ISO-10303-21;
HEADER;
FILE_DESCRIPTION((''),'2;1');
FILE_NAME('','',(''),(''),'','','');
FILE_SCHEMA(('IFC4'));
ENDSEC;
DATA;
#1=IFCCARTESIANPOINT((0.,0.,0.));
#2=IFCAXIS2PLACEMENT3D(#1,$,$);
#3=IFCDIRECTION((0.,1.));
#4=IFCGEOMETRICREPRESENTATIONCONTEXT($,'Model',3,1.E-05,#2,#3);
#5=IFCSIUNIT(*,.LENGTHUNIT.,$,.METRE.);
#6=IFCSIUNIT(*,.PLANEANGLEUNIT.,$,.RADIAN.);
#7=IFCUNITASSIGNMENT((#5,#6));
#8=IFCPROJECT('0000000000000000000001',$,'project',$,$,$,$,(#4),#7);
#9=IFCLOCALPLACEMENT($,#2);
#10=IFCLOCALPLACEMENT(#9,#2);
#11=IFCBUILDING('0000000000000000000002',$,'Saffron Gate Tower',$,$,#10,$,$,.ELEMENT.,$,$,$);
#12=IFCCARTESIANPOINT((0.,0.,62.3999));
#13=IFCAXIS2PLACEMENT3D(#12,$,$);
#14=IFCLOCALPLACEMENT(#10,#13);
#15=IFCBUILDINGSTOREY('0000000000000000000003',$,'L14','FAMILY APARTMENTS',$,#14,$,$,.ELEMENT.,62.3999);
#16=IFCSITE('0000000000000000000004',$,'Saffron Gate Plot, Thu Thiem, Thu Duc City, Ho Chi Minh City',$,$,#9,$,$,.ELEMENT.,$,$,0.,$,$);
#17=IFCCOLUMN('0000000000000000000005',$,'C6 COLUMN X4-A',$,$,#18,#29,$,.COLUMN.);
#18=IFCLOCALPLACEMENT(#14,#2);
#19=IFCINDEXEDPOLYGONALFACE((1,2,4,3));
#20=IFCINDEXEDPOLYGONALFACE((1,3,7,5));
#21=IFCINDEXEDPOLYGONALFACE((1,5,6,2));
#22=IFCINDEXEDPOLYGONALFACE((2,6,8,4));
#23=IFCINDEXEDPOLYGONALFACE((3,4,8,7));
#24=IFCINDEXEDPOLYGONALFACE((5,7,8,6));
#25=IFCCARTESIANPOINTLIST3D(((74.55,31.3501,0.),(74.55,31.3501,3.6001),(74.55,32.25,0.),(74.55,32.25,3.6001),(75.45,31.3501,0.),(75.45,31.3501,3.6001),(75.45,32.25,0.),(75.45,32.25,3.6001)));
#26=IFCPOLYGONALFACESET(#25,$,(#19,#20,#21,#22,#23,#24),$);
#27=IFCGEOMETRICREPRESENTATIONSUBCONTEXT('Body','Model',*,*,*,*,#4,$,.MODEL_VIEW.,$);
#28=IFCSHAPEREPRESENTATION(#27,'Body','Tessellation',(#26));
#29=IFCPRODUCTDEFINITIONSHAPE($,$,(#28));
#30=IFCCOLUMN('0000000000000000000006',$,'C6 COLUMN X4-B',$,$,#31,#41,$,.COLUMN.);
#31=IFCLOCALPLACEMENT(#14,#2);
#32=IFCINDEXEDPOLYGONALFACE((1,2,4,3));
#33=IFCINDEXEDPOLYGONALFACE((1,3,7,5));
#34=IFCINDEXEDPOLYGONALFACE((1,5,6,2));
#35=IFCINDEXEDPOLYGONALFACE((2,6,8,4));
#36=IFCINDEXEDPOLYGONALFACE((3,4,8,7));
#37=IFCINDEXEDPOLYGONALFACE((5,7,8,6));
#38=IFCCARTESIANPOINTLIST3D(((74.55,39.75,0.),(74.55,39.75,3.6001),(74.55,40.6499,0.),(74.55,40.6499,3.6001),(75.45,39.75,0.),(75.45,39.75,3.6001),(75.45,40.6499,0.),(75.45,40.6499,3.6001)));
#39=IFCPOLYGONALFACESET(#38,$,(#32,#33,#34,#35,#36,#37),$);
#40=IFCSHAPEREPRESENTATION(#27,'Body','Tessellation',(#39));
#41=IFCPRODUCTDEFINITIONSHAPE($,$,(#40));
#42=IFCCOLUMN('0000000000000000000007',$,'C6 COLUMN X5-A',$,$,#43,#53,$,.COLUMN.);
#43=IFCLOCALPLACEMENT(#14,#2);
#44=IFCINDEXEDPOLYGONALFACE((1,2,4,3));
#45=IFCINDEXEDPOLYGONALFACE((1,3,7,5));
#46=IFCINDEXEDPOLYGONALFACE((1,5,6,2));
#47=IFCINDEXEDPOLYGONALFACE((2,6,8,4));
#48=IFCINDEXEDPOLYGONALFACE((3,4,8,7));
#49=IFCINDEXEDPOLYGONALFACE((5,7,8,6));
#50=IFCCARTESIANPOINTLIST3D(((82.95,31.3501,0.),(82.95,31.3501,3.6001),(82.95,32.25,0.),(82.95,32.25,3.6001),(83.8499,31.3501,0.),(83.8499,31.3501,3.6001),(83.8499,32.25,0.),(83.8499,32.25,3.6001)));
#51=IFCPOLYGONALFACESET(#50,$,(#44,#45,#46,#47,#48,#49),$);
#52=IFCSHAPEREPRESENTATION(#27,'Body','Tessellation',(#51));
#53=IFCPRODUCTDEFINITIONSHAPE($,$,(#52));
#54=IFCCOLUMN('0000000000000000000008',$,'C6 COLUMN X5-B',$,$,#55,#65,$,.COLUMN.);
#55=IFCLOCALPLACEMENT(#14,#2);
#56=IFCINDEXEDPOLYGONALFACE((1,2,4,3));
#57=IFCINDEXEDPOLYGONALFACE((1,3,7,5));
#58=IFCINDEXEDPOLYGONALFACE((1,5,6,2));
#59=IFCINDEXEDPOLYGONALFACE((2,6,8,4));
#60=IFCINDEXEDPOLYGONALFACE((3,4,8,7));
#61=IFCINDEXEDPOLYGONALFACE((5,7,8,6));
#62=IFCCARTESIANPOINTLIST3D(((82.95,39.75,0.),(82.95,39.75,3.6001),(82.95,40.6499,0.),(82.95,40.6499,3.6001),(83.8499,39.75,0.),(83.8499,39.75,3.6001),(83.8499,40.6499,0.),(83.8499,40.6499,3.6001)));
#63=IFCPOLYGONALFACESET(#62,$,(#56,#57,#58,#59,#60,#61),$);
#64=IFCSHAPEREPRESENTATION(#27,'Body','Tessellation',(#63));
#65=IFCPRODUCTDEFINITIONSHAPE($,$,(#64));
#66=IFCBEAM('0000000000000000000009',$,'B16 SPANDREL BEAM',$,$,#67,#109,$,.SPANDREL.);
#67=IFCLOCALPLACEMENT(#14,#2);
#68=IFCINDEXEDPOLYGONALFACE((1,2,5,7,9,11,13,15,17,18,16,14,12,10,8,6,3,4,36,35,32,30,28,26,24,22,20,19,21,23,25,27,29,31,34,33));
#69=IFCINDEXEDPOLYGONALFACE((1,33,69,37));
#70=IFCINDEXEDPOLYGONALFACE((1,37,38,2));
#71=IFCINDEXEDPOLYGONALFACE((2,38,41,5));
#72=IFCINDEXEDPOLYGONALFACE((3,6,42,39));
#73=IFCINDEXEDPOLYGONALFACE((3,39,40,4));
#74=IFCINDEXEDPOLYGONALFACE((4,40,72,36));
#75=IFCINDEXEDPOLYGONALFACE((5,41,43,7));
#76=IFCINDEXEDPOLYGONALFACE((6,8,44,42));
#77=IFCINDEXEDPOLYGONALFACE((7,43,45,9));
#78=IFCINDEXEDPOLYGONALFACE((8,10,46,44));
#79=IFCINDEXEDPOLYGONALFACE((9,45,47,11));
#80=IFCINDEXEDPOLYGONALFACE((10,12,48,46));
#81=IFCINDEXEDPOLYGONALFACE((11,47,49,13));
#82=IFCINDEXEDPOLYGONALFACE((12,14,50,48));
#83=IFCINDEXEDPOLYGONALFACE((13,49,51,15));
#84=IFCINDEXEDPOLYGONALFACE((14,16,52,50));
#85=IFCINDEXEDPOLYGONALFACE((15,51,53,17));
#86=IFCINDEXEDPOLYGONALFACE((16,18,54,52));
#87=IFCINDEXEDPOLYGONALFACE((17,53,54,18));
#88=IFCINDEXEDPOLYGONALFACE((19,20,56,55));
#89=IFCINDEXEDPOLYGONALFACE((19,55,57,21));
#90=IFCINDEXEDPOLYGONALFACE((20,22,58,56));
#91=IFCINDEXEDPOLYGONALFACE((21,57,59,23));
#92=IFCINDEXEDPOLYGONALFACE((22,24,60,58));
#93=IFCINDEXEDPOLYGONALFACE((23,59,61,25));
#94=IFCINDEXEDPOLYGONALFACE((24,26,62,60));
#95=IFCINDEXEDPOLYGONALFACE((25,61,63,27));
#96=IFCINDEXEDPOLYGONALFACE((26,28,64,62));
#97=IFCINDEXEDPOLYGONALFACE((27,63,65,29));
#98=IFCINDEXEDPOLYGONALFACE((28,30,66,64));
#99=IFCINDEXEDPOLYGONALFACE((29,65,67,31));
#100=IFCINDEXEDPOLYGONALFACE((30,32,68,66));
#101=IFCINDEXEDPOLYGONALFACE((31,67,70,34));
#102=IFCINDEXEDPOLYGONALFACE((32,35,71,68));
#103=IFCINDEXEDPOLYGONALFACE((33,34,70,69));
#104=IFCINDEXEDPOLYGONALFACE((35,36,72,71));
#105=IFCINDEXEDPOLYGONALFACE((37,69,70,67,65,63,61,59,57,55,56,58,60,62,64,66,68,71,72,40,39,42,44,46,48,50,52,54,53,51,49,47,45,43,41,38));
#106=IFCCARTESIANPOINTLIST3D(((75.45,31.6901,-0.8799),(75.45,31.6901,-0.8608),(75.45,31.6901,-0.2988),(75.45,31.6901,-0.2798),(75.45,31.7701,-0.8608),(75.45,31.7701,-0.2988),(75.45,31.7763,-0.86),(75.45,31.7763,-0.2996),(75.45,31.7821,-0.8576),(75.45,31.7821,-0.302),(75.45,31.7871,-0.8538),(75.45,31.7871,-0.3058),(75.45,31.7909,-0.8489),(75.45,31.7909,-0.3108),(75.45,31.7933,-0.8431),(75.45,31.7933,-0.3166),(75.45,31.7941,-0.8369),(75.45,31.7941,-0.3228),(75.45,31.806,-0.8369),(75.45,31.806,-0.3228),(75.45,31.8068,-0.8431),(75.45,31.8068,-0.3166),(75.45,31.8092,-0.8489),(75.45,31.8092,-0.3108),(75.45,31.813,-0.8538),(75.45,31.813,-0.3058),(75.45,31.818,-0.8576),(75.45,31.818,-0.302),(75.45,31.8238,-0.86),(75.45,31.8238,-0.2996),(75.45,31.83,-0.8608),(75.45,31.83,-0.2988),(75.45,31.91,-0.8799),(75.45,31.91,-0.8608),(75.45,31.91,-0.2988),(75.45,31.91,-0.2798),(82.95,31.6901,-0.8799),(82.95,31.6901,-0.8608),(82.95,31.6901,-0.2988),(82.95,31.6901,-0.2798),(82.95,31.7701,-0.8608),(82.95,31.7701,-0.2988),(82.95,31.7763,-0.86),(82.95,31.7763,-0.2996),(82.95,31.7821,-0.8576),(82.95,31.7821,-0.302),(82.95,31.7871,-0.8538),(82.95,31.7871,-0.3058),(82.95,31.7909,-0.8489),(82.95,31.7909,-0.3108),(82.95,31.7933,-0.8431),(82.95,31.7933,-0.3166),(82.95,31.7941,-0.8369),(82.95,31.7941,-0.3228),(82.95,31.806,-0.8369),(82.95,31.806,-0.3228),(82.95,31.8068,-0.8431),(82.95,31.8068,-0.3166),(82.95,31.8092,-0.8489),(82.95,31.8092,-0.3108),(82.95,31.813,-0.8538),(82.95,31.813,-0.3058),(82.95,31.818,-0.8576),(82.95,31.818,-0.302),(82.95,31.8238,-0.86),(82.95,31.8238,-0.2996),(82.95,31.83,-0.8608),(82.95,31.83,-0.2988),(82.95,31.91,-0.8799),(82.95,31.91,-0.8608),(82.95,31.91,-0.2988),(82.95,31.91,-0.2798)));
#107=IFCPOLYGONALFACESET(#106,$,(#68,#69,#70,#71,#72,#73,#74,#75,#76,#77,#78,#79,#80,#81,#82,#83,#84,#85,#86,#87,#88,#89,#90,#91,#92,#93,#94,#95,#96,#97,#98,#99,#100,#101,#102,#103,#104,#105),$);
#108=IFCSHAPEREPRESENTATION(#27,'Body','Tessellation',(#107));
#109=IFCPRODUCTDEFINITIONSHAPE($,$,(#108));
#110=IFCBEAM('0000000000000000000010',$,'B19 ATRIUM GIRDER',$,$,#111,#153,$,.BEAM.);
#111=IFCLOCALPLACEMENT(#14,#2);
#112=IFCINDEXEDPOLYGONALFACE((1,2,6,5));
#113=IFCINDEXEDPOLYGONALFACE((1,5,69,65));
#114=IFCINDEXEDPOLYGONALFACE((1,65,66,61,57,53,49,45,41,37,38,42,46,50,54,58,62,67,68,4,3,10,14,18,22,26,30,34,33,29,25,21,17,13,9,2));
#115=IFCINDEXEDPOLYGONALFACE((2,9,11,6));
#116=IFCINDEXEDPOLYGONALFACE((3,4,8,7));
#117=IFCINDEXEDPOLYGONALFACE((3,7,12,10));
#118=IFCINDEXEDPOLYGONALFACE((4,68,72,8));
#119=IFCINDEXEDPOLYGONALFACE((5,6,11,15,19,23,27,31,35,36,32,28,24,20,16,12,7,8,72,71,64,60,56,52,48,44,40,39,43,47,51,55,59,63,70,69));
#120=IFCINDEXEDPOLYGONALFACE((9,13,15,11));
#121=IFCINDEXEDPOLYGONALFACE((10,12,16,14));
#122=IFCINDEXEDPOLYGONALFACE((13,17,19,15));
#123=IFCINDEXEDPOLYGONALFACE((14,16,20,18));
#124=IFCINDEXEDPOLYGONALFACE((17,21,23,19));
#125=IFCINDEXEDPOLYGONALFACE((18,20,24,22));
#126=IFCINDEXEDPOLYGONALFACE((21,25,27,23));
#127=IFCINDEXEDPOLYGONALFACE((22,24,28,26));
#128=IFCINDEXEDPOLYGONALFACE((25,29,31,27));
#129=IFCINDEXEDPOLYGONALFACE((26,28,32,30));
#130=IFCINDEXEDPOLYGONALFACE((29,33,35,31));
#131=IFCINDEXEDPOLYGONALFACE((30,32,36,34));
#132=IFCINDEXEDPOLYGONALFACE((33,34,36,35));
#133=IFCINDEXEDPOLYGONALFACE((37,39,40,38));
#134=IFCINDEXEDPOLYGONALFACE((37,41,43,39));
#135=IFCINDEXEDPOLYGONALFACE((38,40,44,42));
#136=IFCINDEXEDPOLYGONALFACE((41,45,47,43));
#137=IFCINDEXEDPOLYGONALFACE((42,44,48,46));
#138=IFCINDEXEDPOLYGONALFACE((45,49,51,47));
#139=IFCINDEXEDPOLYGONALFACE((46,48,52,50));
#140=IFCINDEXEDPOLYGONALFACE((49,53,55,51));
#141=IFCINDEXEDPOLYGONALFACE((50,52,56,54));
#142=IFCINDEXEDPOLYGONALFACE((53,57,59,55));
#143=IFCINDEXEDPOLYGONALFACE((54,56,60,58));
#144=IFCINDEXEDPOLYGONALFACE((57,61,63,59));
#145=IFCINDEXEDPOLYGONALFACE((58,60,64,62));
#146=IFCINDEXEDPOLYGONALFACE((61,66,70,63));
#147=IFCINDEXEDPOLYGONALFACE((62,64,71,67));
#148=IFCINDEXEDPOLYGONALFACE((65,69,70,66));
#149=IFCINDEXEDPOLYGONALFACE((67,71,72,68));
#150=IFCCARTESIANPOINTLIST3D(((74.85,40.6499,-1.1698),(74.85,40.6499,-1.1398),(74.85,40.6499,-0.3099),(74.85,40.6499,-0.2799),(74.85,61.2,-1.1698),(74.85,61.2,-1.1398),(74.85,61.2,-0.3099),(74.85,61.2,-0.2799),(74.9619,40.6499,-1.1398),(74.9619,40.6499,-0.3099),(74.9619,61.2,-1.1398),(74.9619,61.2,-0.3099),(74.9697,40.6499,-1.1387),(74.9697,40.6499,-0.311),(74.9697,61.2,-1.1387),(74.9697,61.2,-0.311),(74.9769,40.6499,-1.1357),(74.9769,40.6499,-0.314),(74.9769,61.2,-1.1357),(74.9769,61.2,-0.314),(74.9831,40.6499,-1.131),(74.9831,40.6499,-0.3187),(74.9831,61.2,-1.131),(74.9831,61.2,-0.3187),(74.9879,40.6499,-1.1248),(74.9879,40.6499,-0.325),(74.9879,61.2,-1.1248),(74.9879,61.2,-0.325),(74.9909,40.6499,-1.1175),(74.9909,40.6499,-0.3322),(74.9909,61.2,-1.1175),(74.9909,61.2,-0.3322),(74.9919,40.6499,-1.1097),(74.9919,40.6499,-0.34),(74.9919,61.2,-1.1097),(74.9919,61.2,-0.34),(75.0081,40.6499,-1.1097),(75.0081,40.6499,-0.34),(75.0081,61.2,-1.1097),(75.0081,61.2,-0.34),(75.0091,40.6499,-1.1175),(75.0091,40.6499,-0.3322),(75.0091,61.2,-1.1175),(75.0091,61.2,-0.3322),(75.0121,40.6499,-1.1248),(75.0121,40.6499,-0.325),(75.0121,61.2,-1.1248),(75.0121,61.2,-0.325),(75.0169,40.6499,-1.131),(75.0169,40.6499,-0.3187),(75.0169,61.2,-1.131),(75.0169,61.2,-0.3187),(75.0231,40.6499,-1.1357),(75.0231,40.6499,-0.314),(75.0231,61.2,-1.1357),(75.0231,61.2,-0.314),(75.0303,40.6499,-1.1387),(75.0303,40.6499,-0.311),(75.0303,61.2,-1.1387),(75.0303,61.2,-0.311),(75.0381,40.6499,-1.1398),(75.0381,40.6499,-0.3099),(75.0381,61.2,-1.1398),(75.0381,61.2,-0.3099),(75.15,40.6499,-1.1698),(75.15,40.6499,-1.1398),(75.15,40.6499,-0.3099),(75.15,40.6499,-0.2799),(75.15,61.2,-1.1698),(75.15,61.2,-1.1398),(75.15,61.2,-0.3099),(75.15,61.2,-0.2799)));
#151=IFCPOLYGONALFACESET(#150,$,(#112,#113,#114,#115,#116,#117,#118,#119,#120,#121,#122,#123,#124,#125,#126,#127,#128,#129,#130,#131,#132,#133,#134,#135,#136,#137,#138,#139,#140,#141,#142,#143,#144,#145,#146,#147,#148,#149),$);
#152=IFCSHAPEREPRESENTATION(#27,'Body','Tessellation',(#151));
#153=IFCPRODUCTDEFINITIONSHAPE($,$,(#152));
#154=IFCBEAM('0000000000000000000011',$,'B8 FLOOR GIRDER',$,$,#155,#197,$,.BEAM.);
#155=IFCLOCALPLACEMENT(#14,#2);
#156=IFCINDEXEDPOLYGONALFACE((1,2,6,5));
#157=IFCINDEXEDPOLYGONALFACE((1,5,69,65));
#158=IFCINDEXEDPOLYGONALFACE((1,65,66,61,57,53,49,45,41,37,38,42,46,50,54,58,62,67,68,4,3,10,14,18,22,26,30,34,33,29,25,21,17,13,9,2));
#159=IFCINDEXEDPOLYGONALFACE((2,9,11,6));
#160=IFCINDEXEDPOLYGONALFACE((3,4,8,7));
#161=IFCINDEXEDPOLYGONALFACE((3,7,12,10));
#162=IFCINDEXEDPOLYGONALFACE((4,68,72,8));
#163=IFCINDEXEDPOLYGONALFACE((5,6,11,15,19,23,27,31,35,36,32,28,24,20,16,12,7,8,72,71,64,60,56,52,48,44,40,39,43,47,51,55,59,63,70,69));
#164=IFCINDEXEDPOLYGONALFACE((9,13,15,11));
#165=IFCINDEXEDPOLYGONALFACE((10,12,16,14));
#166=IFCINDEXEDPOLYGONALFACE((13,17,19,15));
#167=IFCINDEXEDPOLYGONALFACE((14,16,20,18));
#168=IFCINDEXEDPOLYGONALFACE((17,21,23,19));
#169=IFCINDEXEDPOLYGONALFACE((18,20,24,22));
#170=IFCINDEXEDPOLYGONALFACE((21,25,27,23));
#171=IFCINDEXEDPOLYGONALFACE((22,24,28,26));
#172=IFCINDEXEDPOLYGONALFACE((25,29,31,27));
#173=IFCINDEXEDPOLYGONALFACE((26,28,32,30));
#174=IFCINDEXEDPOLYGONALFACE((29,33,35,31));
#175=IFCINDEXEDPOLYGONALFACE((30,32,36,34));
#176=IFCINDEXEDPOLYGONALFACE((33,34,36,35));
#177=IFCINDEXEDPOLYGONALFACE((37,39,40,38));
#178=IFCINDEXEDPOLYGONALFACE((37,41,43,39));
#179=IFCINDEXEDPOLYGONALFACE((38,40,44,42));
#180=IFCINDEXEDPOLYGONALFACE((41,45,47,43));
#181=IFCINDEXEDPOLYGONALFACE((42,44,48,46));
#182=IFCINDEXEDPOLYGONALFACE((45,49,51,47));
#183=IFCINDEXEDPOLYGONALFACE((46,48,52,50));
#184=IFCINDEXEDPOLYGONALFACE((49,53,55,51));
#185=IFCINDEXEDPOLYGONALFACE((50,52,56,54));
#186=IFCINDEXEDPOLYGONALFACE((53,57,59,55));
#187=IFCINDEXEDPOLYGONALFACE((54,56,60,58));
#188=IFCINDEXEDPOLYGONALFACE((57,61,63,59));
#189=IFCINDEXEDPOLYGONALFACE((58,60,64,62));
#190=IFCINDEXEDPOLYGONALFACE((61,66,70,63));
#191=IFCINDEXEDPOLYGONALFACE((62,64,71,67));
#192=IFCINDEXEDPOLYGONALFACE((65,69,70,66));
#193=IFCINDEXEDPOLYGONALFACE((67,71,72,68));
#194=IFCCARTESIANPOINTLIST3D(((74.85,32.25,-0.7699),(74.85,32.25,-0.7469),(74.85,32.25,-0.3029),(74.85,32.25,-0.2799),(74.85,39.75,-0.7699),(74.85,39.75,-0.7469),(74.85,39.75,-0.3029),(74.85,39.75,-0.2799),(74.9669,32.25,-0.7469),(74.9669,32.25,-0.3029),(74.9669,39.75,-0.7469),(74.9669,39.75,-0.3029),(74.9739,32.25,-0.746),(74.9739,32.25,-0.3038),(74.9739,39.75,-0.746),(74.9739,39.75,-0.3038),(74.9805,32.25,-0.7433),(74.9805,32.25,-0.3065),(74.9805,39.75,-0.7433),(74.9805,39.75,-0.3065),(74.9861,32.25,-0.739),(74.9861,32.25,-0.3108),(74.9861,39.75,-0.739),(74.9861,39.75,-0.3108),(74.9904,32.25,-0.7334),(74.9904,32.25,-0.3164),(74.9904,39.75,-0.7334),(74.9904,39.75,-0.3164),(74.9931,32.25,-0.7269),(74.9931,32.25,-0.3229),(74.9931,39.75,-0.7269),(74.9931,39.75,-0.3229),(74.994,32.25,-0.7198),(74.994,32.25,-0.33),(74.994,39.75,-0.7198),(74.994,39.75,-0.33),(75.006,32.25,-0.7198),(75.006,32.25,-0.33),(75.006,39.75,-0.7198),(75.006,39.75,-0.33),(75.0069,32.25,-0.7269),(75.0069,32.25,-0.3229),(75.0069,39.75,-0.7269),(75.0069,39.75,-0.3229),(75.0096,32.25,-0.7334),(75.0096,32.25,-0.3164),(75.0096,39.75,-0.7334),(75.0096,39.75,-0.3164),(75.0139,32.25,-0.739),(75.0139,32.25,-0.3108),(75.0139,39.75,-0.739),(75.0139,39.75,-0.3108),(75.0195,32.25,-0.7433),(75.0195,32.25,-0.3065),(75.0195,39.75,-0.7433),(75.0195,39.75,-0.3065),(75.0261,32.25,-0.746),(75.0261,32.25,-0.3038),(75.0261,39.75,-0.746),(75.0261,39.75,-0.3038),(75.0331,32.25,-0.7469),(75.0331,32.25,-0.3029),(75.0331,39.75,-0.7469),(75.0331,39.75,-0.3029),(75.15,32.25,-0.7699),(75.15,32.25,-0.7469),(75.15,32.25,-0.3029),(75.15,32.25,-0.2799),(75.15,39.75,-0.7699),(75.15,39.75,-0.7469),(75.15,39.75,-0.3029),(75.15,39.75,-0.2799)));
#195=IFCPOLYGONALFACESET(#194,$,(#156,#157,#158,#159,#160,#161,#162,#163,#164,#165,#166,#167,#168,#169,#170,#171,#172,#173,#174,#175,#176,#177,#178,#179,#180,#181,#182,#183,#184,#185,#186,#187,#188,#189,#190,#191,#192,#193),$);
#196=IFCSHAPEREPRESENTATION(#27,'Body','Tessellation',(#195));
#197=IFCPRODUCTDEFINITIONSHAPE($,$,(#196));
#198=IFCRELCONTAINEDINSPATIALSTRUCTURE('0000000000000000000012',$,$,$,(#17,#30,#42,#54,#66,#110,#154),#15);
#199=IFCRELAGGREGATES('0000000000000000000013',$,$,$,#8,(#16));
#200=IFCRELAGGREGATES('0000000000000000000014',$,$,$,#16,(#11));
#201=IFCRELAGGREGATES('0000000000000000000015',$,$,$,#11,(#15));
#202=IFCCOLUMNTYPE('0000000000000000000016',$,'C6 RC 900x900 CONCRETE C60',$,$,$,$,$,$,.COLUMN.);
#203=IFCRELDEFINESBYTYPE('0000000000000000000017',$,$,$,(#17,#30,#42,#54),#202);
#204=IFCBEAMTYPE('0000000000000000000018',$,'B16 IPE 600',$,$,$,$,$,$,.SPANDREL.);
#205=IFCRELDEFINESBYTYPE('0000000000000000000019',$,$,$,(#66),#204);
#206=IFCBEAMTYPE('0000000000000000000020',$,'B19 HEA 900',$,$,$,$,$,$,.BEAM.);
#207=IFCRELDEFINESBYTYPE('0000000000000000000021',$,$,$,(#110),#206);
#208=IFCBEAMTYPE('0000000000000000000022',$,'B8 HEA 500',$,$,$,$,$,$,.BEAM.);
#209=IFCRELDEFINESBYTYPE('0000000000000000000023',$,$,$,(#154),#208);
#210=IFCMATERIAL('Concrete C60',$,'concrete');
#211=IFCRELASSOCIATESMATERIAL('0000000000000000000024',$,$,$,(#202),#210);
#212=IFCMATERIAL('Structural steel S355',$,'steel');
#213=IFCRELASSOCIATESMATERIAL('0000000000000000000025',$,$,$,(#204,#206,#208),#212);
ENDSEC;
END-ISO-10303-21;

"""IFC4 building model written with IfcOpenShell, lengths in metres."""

from ifc_helpers import new_model, si_unit, direction, frame, origin, origin_2d, place, context, subcontext, project, spatial, rectangle, i_section, extrude, material, material_profile, profile_set, type_object, element, save


model = new_model("IFC4")

# Units and contexts
model_context = context("Model", 3, precision=1e-05, world=origin(), true_north=direction((0.0, 1.0)))
body_context = subcontext(model_context, "Body", "Model", "MODEL_VIEW")
ifc_project = project(units=[si_unit("LENGTHUNIT", "METRE"), si_unit("PLANEANGLEUNIT", "RADIAN")], contexts=[model_context])

# Site, building, storey
site_placement = place(None, origin())
site = spatial("IfcSite", under=ifc_project, at=site_placement, Name="Saffron Gate Plot, Thu Thiem, Thu Duc City, Ho Chi Minh City", CompositionType="ELEMENT", RefElevation=0.0)
building_placement = place(site_placement, origin())
building = spatial("IfcBuilding", under=site, at=building_placement, Name="Saffron Gate Tower", CompositionType="ELEMENT")
storey_placement = place(building_placement, frame((0.0, 0.0, 62.3999)))
storey = spatial("IfcBuildingStorey", under=building, at=storey_placement, Name="L14", Description="FAMILY APARTMENTS", CompositionType="ELEMENT", Elevation=62.3999)

# Columns
ifc_material_1 = material(Name="Concrete C60", Category="concrete")
ifc_material_profile_1 = material_profile(ifc_material_1, rectangle(XDim=0.8999, YDim=0.8999, at=origin_2d()))
ifc_profile_set_1 = profile_set([ifc_material_profile_1], Name="Concrete C60")
column_type = type_object("IfcColumnType", Name="C6 RC 900x900 CONCRETE C60", PredefinedType="COLUMN", material=ifc_profile_set_1)
for number, where, z_axis, x_axis, name in (
    (1, (75.0, 31.8, 0.0), (0.0, 0.0, 1.0), (1.0, 0.0, 0.0), "C6 COLUMN X4-A"),
    (2, (75.0, 40.2, 0.0), (0.0, 0.0, 1.0), (1.0, 0.0, 0.0), "C6 COLUMN X4-B"),
    (3, (83.3999, 31.8, 0.0), (0.0, 0.0, 1.0), (1.0, 0.0, 0.0), "C6 COLUMN X5-A"),
    (4, (83.3999, 40.2, 0.0), (0.0, 0.0, 1.0), (1.0, 0.0, 0.0), "C6 COLUMN X5-B"),
):
    element("IfcColumn", number, at=place(storey_placement, frame(where, z_axis=z_axis, x_axis=x_axis)), inside=storey, type_object=column_type, Name=name, PredefinedType="COLUMN", context=body_context, shape_type="SweptSolid", body=[
        extrude(rectangle(XDim=0.8999, YDim=0.8999, at=origin_2d()), origin(), (0.0, 0.0, 1.0), 3.6001),
    ])

# Beams
ifc_material_2 = material(Name="Structural steel S355", Category="steel")
ifc_material_profile_2 = material_profile(ifc_material_2, i_section(OverallWidth=0.22, OverallDepth=0.6001, WebThickness=0.012, FlangeThickness=0.019, FilletRadius=0.0239, at=origin_2d()))
ifc_profile_set_2 = profile_set([ifc_material_profile_2], Name="Structural steel S355")
beam_type_1 = type_object("IfcBeamType", Name="B16 IPE 600", PredefinedType="SPANDREL", material=ifc_profile_set_2)
beam_1_placement = place(storey_placement, frame((75.45, 31.8, -0.5798), z_axis=(1.0, 0.0, 0.0), x_axis=(0.0, 1.0, 0.0)))
element("IfcBeam", 5, at=beam_1_placement, inside=storey, type_object=beam_type_1, Name="B16 SPANDREL BEAM", PredefinedType="SPANDREL", context=body_context, shape_type="SweptSolid", body=[
    extrude(i_section(OverallWidth=0.22, OverallDepth=0.6001, WebThickness=0.012, FlangeThickness=0.019, FilletRadius=0.0239, at=origin_2d()), origin(), (0.0, 0.0, 1.0), 7.5),
])
ifc_material_profile_3 = material_profile(ifc_material_2, i_section(OverallWidth=0.3, OverallDepth=0.8899, WebThickness=0.0161, FlangeThickness=0.03, FilletRadius=0.03, at=origin_2d()))
ifc_profile_set_3 = profile_set([ifc_material_profile_3], Name="Structural steel S355")
beam_type_2 = type_object("IfcBeamType", Name="B19 HEA 900", PredefinedType="BEAM", material=ifc_profile_set_3)
beam_2_placement = place(storey_placement, frame((75.0, 40.6499, -0.7249), z_axis=(0.0, 1.0, 0.0), x_axis=(-1.0, 0.0, 0.0)))
element("IfcBeam", 6, at=beam_2_placement, inside=storey, type_object=beam_type_2, Name="B19 ATRIUM GIRDER", PredefinedType="BEAM", context=body_context, shape_type="SweptSolid", body=[
    extrude(i_section(OverallWidth=0.3, OverallDepth=0.8899, WebThickness=0.0161, FlangeThickness=0.03, FilletRadius=0.03, at=origin_2d()), origin(), (0.0, 0.0, 1.0), 20.55),
])
ifc_material_profile_4 = material_profile(ifc_material_2, i_section(OverallWidth=0.3, OverallDepth=0.49, WebThickness=0.012, FlangeThickness=0.0229, FilletRadius=0.0271, at=origin_2d()))
ifc_profile_set_4 = profile_set([ifc_material_profile_4], Name="Structural steel S355")
beam_type_3 = type_object("IfcBeamType", Name="B8 HEA 500", PredefinedType="BEAM", material=ifc_profile_set_4)
for number, where, z_axis, x_axis, name in (
    (7, (75.0, 32.25, -0.5249), (0.0, 1.0, 0.0), (-1.0, 0.0, 0.0), "B8 FLOOR GIRDER"),
):
    element("IfcBeam", number, at=place(storey_placement, frame(where, z_axis=z_axis, x_axis=x_axis)), inside=storey, type_object=beam_type_3, Name=name, PredefinedType="BEAM", context=body_context, shape_type="SweptSolid", body=[
        extrude(i_section(OverallWidth=0.3, OverallDepth=0.49, WebThickness=0.012, FlangeThickness=0.0229, FilletRadius=0.0271, at=origin_2d()), origin(), (0.0, 0.0, 1.0), 7.5),
    ])

save(model, "model.ifc")
